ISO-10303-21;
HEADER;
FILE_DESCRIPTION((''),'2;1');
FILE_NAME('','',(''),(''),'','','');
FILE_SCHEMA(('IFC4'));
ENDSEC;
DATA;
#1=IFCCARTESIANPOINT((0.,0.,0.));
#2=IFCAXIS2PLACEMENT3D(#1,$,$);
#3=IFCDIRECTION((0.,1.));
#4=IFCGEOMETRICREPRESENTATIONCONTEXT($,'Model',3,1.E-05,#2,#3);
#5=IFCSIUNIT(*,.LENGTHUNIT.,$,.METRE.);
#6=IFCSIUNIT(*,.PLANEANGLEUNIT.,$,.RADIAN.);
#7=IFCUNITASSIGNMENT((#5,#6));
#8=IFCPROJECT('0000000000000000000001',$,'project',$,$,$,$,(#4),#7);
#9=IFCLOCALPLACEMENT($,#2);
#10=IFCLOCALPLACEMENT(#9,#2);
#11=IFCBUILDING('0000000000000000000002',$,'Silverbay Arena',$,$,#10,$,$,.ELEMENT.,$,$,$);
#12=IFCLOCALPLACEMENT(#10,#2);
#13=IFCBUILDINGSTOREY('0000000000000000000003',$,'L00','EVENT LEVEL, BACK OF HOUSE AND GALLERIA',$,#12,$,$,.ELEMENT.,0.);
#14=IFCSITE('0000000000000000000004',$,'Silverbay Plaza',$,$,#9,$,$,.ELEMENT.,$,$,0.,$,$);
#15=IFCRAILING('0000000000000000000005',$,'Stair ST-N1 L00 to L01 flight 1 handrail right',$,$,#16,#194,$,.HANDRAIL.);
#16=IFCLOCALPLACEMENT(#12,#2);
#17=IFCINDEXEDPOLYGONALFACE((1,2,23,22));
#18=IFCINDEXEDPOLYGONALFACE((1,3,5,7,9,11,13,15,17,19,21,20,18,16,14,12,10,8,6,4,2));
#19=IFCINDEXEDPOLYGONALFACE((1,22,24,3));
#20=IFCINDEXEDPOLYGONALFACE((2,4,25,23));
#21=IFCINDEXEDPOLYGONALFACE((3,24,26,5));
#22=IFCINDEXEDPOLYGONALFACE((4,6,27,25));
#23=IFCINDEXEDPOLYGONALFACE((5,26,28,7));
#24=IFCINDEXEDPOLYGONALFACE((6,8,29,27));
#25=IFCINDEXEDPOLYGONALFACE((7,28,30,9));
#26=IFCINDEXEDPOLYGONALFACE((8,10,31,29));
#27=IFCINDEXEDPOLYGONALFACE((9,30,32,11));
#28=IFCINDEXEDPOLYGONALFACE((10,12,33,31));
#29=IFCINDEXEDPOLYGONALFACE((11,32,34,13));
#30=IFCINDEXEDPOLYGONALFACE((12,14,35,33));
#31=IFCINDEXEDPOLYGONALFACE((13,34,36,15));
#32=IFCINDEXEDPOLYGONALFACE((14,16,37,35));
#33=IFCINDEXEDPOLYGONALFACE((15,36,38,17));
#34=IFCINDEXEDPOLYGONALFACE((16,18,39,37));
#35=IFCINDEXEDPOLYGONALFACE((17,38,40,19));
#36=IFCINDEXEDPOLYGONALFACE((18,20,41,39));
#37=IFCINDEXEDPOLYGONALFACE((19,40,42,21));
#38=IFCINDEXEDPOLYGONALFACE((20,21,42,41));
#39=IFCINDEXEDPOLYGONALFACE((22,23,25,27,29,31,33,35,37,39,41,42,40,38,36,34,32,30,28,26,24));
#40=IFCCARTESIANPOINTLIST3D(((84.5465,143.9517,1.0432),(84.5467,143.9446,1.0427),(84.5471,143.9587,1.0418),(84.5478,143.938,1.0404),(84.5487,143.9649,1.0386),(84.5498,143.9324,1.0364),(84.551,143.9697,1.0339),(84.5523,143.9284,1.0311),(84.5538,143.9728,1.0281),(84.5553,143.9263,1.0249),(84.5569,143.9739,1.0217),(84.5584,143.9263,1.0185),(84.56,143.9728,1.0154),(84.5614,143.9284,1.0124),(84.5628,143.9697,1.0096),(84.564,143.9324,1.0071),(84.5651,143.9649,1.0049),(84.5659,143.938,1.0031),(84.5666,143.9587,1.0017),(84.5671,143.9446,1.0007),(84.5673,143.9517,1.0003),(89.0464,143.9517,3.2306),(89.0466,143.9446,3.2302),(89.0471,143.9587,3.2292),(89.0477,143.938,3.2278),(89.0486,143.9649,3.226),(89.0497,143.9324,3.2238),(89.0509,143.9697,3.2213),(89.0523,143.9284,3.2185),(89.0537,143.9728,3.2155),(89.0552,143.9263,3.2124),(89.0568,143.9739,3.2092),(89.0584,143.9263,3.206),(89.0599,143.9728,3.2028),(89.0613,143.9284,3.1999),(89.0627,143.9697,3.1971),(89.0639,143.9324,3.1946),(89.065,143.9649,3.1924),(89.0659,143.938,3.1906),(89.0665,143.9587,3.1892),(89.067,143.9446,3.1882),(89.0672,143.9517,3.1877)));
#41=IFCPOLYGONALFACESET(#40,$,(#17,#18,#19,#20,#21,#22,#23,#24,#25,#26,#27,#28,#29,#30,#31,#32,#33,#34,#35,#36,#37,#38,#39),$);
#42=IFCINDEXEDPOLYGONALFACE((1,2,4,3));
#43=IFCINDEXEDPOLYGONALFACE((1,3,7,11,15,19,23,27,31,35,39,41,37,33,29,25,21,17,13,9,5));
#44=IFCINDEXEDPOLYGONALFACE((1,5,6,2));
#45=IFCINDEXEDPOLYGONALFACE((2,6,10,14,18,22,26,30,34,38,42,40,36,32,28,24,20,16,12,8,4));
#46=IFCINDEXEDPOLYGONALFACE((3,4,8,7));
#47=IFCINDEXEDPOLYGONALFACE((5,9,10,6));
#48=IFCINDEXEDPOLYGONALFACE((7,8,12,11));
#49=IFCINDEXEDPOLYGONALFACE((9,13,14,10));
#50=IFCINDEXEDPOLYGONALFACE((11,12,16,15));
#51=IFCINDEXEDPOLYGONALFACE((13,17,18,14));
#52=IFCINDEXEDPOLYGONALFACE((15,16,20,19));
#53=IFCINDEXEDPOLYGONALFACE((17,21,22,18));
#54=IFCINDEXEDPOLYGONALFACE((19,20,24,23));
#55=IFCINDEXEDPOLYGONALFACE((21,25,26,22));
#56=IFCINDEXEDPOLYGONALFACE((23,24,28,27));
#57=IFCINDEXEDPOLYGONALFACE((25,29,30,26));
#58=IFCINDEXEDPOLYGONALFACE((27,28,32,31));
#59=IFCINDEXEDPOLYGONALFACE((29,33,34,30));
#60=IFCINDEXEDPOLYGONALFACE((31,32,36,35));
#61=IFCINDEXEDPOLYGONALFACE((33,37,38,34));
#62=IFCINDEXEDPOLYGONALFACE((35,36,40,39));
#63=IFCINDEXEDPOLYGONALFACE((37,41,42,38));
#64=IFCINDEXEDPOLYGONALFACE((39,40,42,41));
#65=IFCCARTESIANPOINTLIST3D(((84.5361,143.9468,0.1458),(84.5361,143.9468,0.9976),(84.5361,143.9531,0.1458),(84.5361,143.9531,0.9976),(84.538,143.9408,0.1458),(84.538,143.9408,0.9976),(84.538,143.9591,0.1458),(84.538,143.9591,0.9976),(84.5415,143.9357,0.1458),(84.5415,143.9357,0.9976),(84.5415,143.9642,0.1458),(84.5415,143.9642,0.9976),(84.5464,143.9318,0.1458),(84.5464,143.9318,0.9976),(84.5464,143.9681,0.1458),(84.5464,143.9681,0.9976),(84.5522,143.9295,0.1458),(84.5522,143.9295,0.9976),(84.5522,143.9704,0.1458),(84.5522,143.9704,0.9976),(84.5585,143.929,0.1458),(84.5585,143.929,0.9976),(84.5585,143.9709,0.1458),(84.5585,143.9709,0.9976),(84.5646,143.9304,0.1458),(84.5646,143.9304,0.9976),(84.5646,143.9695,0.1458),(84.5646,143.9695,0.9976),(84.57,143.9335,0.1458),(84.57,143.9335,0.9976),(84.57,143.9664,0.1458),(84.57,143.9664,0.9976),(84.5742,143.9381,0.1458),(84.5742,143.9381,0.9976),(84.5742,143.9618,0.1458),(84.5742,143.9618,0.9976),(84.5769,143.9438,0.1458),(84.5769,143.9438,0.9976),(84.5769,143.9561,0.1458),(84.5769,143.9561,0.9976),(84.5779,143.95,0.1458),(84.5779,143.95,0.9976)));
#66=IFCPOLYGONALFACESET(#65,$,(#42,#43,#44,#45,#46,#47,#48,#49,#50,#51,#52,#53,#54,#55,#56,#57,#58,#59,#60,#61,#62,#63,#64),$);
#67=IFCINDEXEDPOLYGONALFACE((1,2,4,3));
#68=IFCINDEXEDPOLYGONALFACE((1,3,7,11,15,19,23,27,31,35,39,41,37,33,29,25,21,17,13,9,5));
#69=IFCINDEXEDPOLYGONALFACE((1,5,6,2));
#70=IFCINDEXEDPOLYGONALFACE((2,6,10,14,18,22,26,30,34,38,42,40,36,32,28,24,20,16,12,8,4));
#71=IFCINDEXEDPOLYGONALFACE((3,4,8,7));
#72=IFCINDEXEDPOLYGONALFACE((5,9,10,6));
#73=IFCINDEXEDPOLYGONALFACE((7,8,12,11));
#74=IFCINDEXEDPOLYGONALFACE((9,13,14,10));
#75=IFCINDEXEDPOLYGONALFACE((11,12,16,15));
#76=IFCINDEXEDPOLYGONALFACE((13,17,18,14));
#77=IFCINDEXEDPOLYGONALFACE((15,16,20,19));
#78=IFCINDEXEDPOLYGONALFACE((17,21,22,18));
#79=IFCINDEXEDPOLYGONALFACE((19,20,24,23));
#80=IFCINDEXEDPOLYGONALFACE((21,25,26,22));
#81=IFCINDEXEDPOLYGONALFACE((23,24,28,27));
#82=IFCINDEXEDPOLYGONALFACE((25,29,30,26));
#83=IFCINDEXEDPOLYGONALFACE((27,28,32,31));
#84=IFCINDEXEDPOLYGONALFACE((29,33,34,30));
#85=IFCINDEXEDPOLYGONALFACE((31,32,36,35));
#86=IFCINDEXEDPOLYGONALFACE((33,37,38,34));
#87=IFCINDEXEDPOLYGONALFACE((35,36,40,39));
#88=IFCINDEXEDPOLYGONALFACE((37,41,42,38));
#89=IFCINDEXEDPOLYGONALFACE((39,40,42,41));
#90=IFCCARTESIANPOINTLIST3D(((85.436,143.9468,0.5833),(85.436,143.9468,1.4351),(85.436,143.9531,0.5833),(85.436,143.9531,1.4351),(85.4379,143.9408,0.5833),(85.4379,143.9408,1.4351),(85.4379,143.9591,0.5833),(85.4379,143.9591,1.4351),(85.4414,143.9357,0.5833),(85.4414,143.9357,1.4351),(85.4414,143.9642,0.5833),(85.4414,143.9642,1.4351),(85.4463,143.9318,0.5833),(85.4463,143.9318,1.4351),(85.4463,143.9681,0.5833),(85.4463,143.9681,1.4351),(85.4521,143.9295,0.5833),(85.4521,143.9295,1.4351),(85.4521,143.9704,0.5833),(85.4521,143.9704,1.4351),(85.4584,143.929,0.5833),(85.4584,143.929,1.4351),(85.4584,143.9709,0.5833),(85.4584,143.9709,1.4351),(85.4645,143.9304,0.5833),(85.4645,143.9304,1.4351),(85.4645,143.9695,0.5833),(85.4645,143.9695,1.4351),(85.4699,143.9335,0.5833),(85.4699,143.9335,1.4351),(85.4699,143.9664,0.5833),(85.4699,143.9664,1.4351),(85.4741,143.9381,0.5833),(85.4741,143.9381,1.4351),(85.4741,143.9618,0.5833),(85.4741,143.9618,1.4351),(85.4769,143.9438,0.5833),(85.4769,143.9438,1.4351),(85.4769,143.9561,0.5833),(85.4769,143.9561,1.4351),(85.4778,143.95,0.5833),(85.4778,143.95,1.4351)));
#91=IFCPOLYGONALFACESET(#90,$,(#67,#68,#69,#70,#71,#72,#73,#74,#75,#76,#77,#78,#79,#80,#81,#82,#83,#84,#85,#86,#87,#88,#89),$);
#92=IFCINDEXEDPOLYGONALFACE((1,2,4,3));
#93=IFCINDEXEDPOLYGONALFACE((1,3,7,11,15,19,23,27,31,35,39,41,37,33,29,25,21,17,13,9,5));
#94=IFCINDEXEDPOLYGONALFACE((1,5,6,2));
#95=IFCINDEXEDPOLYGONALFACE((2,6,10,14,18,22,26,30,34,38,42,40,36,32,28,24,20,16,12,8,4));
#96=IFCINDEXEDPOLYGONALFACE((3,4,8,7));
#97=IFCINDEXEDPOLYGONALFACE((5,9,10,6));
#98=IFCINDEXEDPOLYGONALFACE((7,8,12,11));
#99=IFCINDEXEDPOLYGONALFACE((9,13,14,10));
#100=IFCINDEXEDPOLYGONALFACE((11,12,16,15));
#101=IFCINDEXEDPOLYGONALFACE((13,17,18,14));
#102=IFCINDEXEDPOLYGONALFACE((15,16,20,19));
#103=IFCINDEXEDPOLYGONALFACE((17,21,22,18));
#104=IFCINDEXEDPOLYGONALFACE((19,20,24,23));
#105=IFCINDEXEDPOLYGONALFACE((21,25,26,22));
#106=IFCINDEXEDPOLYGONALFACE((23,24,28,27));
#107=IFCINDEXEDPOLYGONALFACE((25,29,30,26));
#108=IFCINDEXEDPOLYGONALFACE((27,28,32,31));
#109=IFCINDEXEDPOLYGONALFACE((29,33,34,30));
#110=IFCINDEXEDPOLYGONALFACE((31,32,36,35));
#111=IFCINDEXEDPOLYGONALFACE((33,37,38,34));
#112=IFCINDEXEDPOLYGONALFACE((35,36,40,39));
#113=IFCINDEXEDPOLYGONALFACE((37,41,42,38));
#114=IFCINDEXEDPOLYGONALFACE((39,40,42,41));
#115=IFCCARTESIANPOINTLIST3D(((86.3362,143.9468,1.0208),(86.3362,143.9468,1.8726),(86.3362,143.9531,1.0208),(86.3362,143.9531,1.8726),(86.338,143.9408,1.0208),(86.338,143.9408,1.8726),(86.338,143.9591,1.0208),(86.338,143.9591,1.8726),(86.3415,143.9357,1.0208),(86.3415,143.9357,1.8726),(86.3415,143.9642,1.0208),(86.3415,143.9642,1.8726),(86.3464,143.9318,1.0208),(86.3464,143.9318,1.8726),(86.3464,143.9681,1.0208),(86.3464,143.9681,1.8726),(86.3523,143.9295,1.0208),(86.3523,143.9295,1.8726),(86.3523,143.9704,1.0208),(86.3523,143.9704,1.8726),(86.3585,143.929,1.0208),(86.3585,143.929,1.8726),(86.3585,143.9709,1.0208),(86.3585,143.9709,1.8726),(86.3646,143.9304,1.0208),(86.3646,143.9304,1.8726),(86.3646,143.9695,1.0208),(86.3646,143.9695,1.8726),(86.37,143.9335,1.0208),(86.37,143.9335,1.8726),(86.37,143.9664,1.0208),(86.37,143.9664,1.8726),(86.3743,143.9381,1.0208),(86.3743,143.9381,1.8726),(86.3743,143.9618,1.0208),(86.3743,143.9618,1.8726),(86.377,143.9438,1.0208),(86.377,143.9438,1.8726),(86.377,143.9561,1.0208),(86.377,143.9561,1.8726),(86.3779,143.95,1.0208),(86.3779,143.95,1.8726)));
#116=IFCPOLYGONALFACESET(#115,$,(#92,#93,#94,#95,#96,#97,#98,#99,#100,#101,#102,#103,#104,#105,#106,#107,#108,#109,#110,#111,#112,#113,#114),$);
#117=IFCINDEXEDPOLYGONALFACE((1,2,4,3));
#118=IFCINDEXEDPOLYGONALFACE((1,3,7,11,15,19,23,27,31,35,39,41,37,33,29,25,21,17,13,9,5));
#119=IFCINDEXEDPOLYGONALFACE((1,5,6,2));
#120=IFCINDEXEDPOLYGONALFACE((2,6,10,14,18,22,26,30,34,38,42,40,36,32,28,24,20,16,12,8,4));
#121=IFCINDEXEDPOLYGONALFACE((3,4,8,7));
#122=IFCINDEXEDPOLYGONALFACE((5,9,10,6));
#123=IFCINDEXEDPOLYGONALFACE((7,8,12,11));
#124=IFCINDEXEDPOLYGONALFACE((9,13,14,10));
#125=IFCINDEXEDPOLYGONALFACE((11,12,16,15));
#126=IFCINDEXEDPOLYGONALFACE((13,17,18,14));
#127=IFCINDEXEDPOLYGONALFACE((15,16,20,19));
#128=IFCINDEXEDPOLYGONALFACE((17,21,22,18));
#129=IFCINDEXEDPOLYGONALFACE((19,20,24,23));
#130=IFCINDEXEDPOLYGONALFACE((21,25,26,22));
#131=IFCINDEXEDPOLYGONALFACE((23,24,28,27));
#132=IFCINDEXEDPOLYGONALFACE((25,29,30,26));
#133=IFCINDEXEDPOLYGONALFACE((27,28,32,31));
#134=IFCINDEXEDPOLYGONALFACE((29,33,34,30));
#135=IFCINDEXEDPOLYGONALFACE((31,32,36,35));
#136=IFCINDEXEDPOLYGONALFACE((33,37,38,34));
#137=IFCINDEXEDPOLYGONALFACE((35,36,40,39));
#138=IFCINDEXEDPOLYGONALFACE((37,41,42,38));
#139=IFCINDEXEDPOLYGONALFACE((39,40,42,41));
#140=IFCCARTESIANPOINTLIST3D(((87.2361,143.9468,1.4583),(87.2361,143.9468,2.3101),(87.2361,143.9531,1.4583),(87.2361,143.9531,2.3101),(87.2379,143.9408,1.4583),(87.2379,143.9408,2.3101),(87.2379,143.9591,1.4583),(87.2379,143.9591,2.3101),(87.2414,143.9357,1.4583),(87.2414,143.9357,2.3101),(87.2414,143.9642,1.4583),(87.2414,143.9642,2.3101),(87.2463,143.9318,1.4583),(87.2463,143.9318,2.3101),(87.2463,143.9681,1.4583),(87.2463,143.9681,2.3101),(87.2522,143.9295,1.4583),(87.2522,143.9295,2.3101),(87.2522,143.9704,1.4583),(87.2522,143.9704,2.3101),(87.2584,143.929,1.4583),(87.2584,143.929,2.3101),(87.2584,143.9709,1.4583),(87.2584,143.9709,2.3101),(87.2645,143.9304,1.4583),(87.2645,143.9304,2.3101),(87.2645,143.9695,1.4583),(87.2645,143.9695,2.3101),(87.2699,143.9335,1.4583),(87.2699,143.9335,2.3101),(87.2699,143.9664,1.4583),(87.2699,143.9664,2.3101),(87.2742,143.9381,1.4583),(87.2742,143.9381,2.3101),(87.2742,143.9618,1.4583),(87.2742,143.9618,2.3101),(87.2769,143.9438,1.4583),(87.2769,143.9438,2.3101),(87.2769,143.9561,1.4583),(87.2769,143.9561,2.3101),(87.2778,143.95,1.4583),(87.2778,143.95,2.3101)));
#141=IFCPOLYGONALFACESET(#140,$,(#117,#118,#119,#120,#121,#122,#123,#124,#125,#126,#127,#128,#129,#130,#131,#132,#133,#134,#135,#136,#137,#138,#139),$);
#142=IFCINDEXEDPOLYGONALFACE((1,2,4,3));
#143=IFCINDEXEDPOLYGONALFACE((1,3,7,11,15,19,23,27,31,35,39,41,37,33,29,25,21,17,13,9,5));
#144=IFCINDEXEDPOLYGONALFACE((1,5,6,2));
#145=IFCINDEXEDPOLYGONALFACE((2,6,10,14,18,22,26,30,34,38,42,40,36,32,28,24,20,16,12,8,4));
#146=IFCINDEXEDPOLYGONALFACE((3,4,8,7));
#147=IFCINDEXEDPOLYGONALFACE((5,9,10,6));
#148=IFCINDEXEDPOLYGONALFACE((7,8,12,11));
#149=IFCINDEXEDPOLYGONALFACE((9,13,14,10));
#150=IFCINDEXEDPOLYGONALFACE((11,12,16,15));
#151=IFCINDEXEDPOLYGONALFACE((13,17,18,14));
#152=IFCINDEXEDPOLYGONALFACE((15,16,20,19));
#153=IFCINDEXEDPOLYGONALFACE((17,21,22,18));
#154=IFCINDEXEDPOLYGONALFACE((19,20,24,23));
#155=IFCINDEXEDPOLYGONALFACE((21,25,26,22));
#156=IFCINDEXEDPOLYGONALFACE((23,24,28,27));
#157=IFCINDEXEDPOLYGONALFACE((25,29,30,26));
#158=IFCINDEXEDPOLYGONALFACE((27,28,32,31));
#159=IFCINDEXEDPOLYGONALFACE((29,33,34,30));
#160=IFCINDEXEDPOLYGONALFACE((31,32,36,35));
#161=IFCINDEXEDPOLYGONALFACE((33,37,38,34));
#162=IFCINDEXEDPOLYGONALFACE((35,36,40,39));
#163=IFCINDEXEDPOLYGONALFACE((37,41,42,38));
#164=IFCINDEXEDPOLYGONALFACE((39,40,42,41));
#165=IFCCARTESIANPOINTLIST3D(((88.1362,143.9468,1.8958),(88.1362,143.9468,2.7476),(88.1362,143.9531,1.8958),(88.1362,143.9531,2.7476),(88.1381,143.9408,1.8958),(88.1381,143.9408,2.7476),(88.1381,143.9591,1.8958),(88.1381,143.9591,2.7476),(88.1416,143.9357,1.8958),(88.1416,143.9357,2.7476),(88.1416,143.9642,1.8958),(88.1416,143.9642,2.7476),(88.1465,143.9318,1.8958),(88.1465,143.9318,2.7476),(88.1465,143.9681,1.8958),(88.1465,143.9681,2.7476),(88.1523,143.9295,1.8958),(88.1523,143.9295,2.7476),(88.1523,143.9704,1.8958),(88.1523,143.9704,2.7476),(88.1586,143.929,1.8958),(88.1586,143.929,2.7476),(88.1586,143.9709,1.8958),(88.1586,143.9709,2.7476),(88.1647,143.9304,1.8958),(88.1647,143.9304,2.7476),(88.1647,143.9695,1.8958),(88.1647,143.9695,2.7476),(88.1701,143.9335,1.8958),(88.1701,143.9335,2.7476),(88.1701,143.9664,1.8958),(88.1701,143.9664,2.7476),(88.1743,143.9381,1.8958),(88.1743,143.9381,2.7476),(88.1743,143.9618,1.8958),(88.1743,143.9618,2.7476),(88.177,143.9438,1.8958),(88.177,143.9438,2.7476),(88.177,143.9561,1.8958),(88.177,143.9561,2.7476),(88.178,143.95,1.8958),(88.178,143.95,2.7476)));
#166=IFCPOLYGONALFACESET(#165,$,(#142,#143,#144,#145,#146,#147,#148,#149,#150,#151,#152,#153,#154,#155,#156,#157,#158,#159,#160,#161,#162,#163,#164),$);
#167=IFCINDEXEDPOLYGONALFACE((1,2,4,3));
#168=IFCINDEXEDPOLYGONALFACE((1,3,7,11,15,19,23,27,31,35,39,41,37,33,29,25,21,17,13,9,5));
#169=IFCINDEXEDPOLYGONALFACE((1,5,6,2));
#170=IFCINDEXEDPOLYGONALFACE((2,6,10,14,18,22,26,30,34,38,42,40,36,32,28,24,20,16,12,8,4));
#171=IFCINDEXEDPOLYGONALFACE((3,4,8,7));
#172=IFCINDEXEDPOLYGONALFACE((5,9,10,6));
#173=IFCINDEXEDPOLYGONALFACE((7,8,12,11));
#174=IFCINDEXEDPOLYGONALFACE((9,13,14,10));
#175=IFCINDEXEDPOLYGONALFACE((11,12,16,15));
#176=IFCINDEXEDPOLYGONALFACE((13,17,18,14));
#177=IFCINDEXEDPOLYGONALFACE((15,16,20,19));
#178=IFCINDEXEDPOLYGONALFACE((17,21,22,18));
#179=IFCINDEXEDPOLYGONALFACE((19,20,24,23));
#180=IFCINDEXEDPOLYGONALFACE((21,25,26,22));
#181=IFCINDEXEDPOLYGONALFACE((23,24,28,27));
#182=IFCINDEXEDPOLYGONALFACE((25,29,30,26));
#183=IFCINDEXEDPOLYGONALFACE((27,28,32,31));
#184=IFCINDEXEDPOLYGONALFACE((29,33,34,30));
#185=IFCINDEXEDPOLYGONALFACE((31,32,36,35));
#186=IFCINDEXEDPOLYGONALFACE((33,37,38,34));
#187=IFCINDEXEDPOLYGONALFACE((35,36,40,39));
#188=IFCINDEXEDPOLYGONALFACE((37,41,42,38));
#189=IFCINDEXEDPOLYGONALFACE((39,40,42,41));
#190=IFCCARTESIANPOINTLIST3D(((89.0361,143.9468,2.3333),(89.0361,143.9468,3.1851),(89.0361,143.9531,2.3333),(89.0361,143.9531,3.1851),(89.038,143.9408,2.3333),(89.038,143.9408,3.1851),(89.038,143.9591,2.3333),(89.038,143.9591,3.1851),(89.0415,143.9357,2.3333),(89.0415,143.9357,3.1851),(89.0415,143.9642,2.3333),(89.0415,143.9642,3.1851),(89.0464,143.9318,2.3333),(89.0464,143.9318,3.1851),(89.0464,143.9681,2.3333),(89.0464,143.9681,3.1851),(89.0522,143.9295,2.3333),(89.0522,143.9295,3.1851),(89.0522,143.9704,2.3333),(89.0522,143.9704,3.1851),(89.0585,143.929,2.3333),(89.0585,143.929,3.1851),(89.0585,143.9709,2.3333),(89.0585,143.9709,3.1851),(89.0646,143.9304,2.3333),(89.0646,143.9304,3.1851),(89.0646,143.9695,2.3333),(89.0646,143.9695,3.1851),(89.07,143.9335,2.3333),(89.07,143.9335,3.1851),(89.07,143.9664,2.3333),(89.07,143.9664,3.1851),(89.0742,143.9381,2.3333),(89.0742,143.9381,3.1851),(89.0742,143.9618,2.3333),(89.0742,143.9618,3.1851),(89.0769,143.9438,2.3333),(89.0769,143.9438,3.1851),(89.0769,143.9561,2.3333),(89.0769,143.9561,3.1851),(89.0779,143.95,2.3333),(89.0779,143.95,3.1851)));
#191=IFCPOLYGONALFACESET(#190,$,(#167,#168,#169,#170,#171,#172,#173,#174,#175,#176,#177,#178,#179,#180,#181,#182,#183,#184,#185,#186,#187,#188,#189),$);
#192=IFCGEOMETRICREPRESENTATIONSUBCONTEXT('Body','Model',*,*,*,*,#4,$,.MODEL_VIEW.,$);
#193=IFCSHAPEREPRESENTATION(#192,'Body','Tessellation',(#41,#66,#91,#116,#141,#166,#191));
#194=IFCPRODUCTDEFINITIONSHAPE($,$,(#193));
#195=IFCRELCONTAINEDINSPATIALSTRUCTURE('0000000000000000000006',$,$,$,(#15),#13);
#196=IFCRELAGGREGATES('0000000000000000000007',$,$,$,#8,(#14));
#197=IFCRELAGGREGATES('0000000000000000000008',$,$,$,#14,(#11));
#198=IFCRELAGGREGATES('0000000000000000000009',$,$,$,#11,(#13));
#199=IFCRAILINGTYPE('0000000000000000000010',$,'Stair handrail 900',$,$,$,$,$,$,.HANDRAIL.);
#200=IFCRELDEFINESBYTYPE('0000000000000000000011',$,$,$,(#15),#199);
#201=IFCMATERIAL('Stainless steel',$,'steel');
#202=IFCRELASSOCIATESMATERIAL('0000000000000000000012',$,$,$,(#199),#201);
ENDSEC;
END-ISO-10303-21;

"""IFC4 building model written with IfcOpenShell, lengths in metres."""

from ifc_helpers import new_model, si_unit, direction, frame, origin, origin_2d, place, context, subcontext, project, spatial, circle, extrude, material, type_object, element, save


model = new_model("IFC4")

# Units and contexts
model_context = context("Model", 3, precision=1e-05, world=origin(), true_north=direction((0.0, 1.0)))
body_context = subcontext(model_context, "Body", "Model", "MODEL_VIEW")
ifc_project = project(units=[si_unit("LENGTHUNIT", "METRE"), si_unit("PLANEANGLEUNIT", "RADIAN")], contexts=[model_context])

# Site, building, storey
site_placement = place(None, origin())
site = spatial("IfcSite", under=ifc_project, at=site_placement, Name="Silverbay Plaza", CompositionType="ELEMENT", RefElevation=0.0)
building_placement = place(site_placement, origin())
building = spatial("IfcBuilding", under=site, at=building_placement, Name="Silverbay Arena", CompositionType="ELEMENT")
storey_placement = place(building_placement, origin())
storey = spatial("IfcBuildingStorey", under=building, at=storey_placement, Name="L00", Description="EVENT LEVEL, BACK OF HOUSE AND GALLERIA", CompositionType="ELEMENT", Elevation=0.0)

# Railing
ifc_material_1 = material(Name="Stainless steel", Category="steel")
railing_type_1 = type_object("IfcRailingType", Name="Stair handrail 900", PredefinedType="HANDRAIL", material=ifc_material_1)
for number, where, name in (
    (1, (84.5569, 143.95, 0.1458), "Stair ST-N1 L00 to L01 flight 1 handrail right"),
):
    element("IfcRailing", number, at=place(storey_placement, frame(where)), inside=storey, type_object=railing_type_1, Name=name, PredefinedType="HANDRAIL", context=body_context, shape_type="SweptSolid", body=[
        extrude(circle(Radius=0.0239, at=origin_2d()), frame((0.0, 0.0, 0.876), z_axis=(0.899368, 0.0, 0.437193), x_axis=(0.0, 1.0, 0.0)), (0.0, 0.0, 1.0), 5.0034),
        extrude(circle(Radius=0.021, at=origin_2d()), origin(), (0.0, 0.0, 1.0), 0.8518),
        extrude(circle(Radius=0.021, at=origin_2d()), frame((0.8999, 0.0, 0.4375)), (0.0, 0.0, 1.0), 0.8518),
        extrude(circle(Radius=0.021, at=origin_2d()), frame((1.8, 0.0, 0.875)), (0.0, 0.0, 1.0), 0.8518),
        extrude(circle(Radius=0.021, at=origin_2d()), frame((2.7, 0.0, 1.3125)), (0.0, 0.0, 1.0), 0.8518),
        extrude(circle(Radius=0.021, at=origin_2d()), frame((3.6001, 0.0, 1.75)), (0.0, 0.0, 1.0), 0.8518),
        extrude(circle(Radius=0.021, at=origin_2d()), frame((4.5, 0.0, 2.1875)), (0.0, 0.0, 1.0), 0.8518),
    ])

save(model, "model.ifc")
